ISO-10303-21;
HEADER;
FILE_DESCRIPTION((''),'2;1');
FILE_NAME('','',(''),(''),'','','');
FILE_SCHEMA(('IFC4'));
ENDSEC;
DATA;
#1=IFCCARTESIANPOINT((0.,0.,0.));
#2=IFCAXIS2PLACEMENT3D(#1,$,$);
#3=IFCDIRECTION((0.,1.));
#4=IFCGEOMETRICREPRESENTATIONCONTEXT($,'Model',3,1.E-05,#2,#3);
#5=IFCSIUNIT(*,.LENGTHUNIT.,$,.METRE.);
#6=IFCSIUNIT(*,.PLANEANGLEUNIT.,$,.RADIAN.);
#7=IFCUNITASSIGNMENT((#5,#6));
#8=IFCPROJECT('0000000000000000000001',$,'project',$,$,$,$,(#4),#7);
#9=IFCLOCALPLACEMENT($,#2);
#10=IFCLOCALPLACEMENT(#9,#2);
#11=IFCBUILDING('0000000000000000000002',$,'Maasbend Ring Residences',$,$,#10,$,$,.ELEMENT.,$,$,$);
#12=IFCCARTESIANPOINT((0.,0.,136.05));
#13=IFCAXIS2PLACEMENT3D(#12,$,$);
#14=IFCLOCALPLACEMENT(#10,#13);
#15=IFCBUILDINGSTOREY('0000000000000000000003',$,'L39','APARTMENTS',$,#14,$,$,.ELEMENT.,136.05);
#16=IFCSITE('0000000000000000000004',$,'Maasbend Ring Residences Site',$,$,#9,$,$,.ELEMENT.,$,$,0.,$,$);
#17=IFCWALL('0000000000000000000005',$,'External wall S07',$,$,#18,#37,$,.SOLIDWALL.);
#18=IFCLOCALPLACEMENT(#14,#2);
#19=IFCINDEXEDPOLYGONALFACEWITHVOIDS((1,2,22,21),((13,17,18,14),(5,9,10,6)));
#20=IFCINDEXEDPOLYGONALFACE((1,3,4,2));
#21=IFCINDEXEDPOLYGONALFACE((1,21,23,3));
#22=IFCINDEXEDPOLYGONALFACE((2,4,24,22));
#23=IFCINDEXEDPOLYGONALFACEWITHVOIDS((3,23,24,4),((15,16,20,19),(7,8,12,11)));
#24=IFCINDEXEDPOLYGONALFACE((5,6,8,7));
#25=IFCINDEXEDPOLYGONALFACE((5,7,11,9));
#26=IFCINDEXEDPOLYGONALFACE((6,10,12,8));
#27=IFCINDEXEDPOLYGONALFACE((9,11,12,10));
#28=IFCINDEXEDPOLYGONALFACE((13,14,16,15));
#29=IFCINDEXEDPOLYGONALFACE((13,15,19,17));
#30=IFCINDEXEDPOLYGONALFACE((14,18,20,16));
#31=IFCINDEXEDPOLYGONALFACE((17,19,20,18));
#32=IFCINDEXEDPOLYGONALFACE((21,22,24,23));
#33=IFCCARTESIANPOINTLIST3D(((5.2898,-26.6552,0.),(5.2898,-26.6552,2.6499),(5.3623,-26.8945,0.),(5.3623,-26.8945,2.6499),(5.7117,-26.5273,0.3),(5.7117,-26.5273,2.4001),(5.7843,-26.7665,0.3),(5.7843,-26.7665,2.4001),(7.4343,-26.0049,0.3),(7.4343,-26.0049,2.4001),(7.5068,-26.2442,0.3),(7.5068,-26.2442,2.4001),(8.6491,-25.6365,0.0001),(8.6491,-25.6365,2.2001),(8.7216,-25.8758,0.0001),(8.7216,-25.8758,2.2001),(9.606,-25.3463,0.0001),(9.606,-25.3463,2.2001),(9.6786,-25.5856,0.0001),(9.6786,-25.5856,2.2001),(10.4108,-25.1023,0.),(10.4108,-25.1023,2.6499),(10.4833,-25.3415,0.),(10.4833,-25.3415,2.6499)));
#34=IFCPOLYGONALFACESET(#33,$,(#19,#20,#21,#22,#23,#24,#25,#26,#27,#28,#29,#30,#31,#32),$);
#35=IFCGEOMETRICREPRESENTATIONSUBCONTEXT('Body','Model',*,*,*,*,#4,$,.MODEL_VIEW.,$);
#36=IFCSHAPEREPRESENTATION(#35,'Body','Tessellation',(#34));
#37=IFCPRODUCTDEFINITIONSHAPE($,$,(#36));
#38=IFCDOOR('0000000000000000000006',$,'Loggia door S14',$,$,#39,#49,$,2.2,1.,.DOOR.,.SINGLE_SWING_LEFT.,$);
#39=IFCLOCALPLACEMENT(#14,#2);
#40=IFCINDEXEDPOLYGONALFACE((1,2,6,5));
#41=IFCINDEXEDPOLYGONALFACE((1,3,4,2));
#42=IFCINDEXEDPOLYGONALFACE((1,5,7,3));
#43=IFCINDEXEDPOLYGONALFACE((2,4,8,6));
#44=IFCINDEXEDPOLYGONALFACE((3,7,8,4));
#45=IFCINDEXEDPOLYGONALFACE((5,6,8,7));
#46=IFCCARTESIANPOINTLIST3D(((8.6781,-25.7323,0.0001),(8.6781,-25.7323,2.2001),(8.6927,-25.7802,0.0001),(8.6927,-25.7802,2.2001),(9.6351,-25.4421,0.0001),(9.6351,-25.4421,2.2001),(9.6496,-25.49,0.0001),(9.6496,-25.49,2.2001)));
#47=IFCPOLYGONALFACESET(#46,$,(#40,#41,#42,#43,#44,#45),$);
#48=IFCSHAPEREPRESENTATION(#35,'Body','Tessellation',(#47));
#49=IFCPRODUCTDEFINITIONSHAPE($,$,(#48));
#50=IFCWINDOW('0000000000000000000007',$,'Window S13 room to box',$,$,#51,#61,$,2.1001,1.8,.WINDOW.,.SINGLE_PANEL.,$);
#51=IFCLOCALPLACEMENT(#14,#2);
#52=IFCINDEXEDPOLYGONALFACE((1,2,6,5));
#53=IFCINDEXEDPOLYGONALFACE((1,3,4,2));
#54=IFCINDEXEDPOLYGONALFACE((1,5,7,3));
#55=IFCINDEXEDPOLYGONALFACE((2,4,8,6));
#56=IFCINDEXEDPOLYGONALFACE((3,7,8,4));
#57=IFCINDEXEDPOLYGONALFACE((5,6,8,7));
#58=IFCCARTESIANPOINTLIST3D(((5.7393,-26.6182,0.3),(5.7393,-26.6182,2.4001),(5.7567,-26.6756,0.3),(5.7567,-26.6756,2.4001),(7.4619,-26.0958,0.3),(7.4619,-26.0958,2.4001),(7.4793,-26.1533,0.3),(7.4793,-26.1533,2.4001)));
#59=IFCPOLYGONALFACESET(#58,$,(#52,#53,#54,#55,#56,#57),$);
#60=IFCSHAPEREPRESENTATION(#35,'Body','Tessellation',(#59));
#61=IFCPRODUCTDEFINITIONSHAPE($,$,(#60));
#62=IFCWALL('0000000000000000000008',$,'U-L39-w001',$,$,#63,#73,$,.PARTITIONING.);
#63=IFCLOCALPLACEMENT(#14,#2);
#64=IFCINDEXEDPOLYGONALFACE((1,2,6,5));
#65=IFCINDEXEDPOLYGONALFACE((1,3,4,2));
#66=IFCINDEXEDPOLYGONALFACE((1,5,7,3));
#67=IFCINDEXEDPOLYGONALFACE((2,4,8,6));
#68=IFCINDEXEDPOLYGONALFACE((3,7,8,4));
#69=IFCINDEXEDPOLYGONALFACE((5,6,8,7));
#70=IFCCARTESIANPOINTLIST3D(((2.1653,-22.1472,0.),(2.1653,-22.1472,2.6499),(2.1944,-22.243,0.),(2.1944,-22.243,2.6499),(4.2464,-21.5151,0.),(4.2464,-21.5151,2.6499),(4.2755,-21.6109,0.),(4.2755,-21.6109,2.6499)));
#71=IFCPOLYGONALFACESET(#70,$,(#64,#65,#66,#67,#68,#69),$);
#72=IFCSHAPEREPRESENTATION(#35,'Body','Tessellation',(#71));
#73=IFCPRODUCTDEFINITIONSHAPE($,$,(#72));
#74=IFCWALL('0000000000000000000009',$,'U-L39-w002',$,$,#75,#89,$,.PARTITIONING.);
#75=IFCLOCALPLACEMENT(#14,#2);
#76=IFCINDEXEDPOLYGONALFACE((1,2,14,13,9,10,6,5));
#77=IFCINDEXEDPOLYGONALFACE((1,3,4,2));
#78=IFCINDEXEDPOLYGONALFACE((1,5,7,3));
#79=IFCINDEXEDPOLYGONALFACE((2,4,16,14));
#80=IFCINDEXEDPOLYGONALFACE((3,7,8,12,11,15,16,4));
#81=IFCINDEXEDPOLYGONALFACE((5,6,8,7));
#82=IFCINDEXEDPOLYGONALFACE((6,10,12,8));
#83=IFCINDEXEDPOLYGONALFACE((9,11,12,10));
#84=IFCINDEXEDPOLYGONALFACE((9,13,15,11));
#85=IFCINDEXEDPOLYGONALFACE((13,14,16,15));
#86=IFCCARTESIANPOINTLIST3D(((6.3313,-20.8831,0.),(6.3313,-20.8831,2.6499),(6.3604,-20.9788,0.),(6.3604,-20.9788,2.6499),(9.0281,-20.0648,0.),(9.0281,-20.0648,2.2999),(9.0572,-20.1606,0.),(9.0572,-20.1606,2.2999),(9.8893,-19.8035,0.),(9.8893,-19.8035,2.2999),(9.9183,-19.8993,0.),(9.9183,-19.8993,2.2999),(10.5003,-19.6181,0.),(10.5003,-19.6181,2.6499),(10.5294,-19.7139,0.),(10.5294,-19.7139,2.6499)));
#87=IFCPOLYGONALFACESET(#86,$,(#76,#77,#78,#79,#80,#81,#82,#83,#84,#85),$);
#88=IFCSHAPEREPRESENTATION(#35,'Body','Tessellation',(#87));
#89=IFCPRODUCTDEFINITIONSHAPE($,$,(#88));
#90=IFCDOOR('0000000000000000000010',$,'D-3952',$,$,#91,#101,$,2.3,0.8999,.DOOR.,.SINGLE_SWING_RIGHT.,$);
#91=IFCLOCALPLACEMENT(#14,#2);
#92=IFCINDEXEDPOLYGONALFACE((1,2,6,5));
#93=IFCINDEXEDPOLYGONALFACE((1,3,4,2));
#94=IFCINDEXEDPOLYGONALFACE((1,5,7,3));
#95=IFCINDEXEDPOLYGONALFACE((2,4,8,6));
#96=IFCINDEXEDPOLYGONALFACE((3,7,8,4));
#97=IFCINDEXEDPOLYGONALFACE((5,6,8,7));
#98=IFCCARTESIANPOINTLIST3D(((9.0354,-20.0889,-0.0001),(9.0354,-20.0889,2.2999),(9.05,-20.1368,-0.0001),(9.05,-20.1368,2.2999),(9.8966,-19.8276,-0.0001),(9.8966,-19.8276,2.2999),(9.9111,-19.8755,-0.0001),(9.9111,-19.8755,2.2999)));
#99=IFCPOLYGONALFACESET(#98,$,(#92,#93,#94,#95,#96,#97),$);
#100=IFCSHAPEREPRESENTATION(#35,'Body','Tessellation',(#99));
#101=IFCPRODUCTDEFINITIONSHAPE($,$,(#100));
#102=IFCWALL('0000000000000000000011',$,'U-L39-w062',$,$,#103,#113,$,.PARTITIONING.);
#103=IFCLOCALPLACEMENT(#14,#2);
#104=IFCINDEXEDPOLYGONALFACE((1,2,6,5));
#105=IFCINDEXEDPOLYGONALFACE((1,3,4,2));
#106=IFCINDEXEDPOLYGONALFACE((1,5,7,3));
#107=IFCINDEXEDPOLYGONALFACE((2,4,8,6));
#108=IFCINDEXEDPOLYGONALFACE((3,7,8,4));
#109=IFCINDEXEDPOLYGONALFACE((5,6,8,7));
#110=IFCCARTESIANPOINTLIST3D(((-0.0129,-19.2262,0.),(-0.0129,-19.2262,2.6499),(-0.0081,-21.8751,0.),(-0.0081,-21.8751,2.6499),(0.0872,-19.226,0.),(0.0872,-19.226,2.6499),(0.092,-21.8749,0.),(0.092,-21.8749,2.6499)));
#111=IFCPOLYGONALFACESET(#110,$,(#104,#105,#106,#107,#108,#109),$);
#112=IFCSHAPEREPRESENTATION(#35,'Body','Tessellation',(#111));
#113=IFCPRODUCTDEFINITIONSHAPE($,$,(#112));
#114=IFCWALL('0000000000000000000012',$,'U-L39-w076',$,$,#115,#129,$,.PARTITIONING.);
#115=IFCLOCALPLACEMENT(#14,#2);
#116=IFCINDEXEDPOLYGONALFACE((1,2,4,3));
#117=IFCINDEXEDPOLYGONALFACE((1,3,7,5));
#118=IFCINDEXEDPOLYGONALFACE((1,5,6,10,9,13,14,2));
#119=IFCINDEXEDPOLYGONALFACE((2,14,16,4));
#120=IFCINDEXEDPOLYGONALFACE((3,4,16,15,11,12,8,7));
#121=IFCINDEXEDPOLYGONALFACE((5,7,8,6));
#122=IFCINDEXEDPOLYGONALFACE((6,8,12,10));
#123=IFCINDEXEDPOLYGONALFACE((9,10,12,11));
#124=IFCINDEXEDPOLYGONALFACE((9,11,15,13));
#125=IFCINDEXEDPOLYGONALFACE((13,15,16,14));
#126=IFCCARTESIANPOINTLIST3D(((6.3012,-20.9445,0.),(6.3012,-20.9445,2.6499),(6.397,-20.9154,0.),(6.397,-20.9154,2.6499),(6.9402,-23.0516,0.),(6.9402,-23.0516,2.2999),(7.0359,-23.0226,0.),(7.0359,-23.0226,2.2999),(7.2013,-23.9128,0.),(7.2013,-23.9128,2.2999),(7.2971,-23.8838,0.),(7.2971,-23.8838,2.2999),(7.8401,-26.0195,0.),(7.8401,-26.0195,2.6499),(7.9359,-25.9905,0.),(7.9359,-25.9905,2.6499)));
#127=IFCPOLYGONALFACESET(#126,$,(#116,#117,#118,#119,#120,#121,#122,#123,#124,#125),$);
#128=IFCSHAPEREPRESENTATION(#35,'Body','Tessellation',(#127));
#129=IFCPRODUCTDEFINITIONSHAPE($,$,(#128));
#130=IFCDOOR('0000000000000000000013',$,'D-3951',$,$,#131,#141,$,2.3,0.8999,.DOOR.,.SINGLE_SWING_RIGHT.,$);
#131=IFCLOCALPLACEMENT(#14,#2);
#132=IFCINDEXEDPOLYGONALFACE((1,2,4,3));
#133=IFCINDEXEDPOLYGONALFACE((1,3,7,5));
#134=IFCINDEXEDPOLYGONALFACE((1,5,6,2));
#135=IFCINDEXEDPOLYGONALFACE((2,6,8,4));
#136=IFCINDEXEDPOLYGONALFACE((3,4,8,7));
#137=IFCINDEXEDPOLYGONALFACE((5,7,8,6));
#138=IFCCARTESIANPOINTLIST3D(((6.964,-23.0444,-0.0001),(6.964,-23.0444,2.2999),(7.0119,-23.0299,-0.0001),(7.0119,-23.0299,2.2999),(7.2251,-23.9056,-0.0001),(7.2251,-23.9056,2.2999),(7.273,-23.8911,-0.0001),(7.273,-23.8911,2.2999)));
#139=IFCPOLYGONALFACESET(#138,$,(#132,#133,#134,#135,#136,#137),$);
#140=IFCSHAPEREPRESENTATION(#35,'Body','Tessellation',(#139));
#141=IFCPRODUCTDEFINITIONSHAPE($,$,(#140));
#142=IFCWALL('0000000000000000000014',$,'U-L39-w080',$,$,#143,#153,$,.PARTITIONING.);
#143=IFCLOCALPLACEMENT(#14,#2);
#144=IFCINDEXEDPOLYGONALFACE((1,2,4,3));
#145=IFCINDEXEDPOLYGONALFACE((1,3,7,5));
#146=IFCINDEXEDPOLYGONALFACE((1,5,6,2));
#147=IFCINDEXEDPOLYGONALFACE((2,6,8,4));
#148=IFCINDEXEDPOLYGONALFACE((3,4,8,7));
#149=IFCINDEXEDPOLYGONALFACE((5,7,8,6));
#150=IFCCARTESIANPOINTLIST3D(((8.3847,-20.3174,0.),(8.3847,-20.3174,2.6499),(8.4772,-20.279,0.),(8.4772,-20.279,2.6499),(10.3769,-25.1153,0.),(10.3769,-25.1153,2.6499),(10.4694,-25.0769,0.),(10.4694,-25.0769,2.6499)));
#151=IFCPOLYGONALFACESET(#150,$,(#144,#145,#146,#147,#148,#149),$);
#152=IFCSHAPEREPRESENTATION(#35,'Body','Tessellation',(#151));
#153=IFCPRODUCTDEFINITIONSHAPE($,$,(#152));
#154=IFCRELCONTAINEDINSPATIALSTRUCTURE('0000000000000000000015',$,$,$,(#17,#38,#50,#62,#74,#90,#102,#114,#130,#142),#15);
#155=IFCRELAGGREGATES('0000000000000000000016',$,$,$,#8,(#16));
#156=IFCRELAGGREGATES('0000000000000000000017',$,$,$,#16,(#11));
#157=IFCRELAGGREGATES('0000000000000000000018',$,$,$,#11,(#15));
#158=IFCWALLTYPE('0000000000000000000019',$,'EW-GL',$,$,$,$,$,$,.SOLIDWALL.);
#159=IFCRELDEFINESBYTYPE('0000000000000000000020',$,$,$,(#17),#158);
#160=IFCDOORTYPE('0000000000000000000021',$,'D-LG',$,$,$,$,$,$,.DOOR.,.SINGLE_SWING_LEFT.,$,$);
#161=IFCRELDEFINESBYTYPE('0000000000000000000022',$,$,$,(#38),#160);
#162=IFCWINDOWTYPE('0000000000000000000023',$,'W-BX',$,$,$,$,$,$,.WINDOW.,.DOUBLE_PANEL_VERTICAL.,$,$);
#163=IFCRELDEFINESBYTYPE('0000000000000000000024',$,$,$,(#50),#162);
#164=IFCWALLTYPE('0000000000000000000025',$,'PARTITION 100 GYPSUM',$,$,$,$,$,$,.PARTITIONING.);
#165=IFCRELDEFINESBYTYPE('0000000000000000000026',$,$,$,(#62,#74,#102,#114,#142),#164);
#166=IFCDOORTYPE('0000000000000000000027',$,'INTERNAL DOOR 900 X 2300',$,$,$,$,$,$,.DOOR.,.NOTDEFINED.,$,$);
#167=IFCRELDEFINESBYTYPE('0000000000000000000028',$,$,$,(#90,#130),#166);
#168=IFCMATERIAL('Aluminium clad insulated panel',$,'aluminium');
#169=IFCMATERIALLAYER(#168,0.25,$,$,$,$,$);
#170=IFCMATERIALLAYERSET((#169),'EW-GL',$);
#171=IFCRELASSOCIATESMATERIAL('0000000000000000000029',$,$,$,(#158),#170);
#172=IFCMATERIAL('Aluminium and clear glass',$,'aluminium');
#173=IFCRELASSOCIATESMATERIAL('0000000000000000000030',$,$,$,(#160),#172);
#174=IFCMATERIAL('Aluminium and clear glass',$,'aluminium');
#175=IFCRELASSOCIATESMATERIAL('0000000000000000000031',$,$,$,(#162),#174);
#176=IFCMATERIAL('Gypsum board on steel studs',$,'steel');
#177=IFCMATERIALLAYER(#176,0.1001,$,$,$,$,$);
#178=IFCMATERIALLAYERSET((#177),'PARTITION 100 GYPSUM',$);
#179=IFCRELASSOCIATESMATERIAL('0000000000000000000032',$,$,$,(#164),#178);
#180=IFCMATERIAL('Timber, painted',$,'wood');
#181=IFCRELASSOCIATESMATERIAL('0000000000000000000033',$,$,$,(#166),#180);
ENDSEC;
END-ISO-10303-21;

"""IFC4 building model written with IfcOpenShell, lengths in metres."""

from ifc_helpers import new_model, si_unit, direction, frame, frame_2d, origin, place, context, subcontext, project, spatial, rectangle, extrude, material, layer, layer_set, type_object, element, fill, save


model = new_model("IFC4")

# Units and contexts
model_context = context("Model", 3, precision=1e-05, world=origin(), true_north=direction((0.0, 1.0)))
body_context = subcontext(model_context, "Body", "Model", "MODEL_VIEW")
ifc_project = project(units=[si_unit("LENGTHUNIT", "METRE"), si_unit("PLANEANGLEUNIT", "RADIAN")], contexts=[model_context])

# Site, building, storey
site_placement = place(None, origin())
site = spatial("IfcSite", under=ifc_project, at=site_placement, Name="Maasbend Ring Residences Site", CompositionType="ELEMENT", RefElevation=0.0)
building_placement = place(site_placement, origin())
building = spatial("IfcBuilding", under=site, at=building_placement, Name="Maasbend Ring Residences", CompositionType="ELEMENT")
storey_placement = place(building_placement, frame((0.0, 0.0, 136.05)))
storey = spatial("IfcBuildingStorey", under=building, at=storey_placement, Name="L39", Description="APARTMENTS", CompositionType="ELEMENT", Elevation=136.05)

# Wall, openings, door, window
ifc_material_1 = material(Name="Aluminium clad insulated panel", Category="aluminium")
ifc_layer_1 = layer(ifc_material_1, 0.25)
ifc_layer_set_1 = layer_set([ifc_layer_1], Name="EW-GL")
wall_type_1 = type_object("IfcWallType", Name="EW-GL", PredefinedType="SOLIDWALL", material=ifc_layer_set_1)
wall_1_placement = place(storey_placement, frame((5.3259, -26.7749, 0.0), z_axis=(0.0, 0.0, 1.0), x_axis=(0.956966, 0.290201, 0.0)))
wall_1 = element("IfcWall", 1, at=wall_1_placement, inside=storey, type_object=wall_type_1, Name="External wall S07", PredefinedType="SOLIDWALL", context=body_context, shape_type="SweptSolid", body=[
    extrude(rectangle(XDim=5.3513, YDim=0.25, at=frame_2d((2.6758, 0.0))), origin(), (0.0, 0.0, 1.0), 2.6499),
])
opening_1_placement = place(wall_1_placement, frame((0.4412, 0.0, 0.3)))
opening_1 = element("IfcOpeningElement", 2, at=opening_1_placement, cuts=wall_1, PredefinedType="OPENING", context=body_context, shape_type="SweptSolid", body=[
    extrude(rectangle(XDim=1.8, YDim=2.1001, at=frame_2d((0.8999, 1.05))), frame((0.0, 0.135, 0.0), z_axis=(0.0, -1.0, 0.0), x_axis=(1.0, 0.0, 0.0)), (0.0, 0.0, 1.0), 0.27),
])
opening_2_placement = place(wall_1_placement, frame((3.5105, 0.0, 0.0)))
opening_2 = element("IfcOpeningElement", 3, at=opening_2_placement, cuts=wall_1, PredefinedType="OPENING", context=body_context, shape_type="SweptSolid", body=[
    extrude(rectangle(XDim=1.0, YDim=2.2, at=frame_2d((0.5, 1.1001))), frame((0.0, 0.135, 0.0), z_axis=(0.0, -1.0, 0.0), x_axis=(1.0, 0.0, 0.0)), (0.0, 0.0, 1.0), 0.27),
])
ifc_material_2 = material(Name="Aluminium and clear glass", Category="aluminium")
door_type_1 = type_object("IfcDoorType", Name="D-LG", OperationType="SINGLE_SWING_LEFT", PredefinedType="DOOR", material=ifc_material_2)
door_1_placement = place(opening_2_placement, origin())
door_1 = element("IfcDoor", 4, at=door_1_placement, inside=storey, type_object=door_type_1, Name="Loggia door S14", OperationType="SINGLE_SWING_LEFT", OverallHeight=2.2, OverallWidth=1.0, PredefinedType="DOOR", context=body_context, shape_type="SweptSolid", body=[
    extrude(rectangle(XDim=1.0, YDim=2.2, at=frame_2d((0.5, 1.1001))), frame((0.0, 0.0249, 0.0), z_axis=(0.0, -1.0, 0.0), x_axis=(1.0, 0.0, 0.0)), (0.0, 0.0, 1.0), 0.05),
])
fill(opening_2, door_1)
ifc_material_3 = material(Name="Aluminium and clear glass", Category="aluminium")
window_type_1 = type_object("IfcWindowType", Name="W-BX", PartitioningType="DOUBLE_PANEL_VERTICAL", PredefinedType="WINDOW", material=ifc_material_3)
window_1_placement = place(opening_1_placement, origin())
window_1 = element("IfcWindow", 5, at=window_1_placement, inside=storey, type_object=window_type_1, Name="Window S13 room to box", OverallHeight=2.1001, OverallWidth=1.8, PartitioningType="SINGLE_PANEL", PredefinedType="WINDOW", context=body_context, shape_type="SweptSolid", body=[
    extrude(rectangle(XDim=1.8, YDim=2.1001, at=frame_2d((0.8999, 1.05))), frame((0.0, 0.03, 0.0), z_axis=(0.0, -1.0, 0.0), x_axis=(1.0, 0.0, 0.0)), (0.0, 0.0, 1.0), 0.0601),
])
fill(opening_1, window_1)

# Wall
ifc_material_4 = material(Name="Gypsum board on steel studs", Category="steel")
ifc_layer_2 = layer(ifc_material_4, 0.1001)
ifc_layer_set_2 = layer_set([ifc_layer_2], Name="PARTITION 100 GYPSUM")
wall_type_2 = type_object("IfcWallType", Name="PARTITION 100 GYPSUM", PredefinedType="PARTITIONING", material=ifc_layer_set_2)
wall_2_placement = place(storey_placement, frame((2.1799, -22.1951, 0.0), z_axis=(0.0, 0.0, 1.0), x_axis=(0.956838, 0.290621, 0.0)))
element("IfcWall", 6, at=wall_2_placement, inside=storey, type_object=wall_type_2, Name="U-L39-w001", PredefinedType="PARTITIONING", context=body_context, shape_type="SweptSolid", body=[
    extrude(rectangle(XDim=2.175, YDim=0.1001, at=frame_2d((1.0874, 0.0))), origin(), (0.0, 0.0, 1.0), 2.6499),
])

# Wall, opening, door
wall_3_placement = place(storey_placement, frame((6.3459, -20.9309, 0.0), z_axis=(0.0, 0.0, 1.0), x_axis=(0.956924, 0.290339, 0.0)))
wall_3 = element("IfcWall", 7, at=wall_3_placement, inside=storey, type_object=wall_type_2, Name="U-L39-w002", PredefinedType="PARTITIONING", context=body_context, shape_type="SweptSolid", body=[
    extrude(rectangle(XDim=4.3567, YDim=0.1001, at=frame_2d((2.1782, 0.0))), origin(), (0.0, 0.0, 1.0), 2.6499),
])
opening_3_placement = place(wall_3_placement, frame((2.8181, 0.0, 0.0)))
opening_3 = element("IfcOpeningElement", 8, at=opening_3_placement, cuts=wall_3, PredefinedType="OPENING", context=body_context, shape_type="SweptSolid", body=[
    extrude(rectangle(XDim=0.8999, YDim=2.3, at=frame_2d((0.45, 1.1499))), frame((0.0, 0.0601, 0.0), z_axis=(0.0, -1.0, 0.0), x_axis=(1.0, 0.0, 0.0)), (0.0, 0.0, 1.0), 0.1201),
])
ifc_material_5 = material(Name="Timber, painted", Category="wood")
door_type_2 = type_object("IfcDoorType", Name="INTERNAL DOOR 900 X 2300", OperationType="NOTDEFINED", PredefinedType="DOOR", material=ifc_material_5)
door_2_placement = place(opening_3_placement, origin())
door_2 = element("IfcDoor", 9, at=door_2_placement, inside=storey, type_object=door_type_2, Name="D-3952", OperationType="SINGLE_SWING_RIGHT", OverallHeight=2.3, OverallWidth=0.8999, PredefinedType="DOOR", context=body_context, shape_type="SweptSolid", body=[
    extrude(rectangle(XDim=0.8999, YDim=2.3, at=frame_2d((0.45, 1.1499))), frame((0.0, 0.0249, 0.0), z_axis=(0.0, -1.0, 0.0), x_axis=(1.0, 0.0, 0.0)), (0.0, 0.0, 1.0), 0.05),
])
fill(opening_3, door_2)

# Wall
wall_4_placement = place(storey_placement, frame((0.042, -21.875, 0.0), z_axis=(0.0, 0.0, 1.0), x_axis=(-0.001843, 0.999998, 0.0)))
element("IfcWall", 10, at=wall_4_placement, inside=storey, type_object=wall_type_2, Name="U-L39-w062", PredefinedType="PARTITIONING", context=body_context, shape_type="SweptSolid", body=[
    extrude(rectangle(XDim=2.6489, YDim=0.1001, at=frame_2d((1.3245, 0.0))), origin(), (0.0, 0.0, 1.0), 2.6499),
])

# Wall, opening, door
wall_5_placement = place(storey_placement, frame((6.3491, -20.9299, 0.0), z_axis=(0.0, 0.0, 1.0), x_axis=(0.290172, -0.956974, 0.0)))
wall_5 = element("IfcWall", 11, at=wall_5_placement, inside=storey, type_object=wall_type_2, Name="U-L39-w076", PredefinedType="PARTITIONING", context=body_context, shape_type="SweptSolid", body=[
    extrude(rectangle(XDim=5.3032, YDim=0.1001, at=frame_2d((2.6516, 0.0))), origin(), (0.0, 0.0, 1.0), 2.6499),
])
opening_4_placement = place(wall_5_placement, frame((2.2019, 0.0, 0.0)))
opening_4 = element("IfcOpeningElement", 12, at=opening_4_placement, cuts=wall_5, PredefinedType="OPENING", context=body_context, shape_type="SweptSolid", body=[
    extrude(rectangle(XDim=0.8999, YDim=2.3, at=frame_2d((0.45, 1.1499))), frame((0.0, 0.0601, 0.0), z_axis=(0.0, -1.0, 0.0), x_axis=(1.0, 0.0, 0.0)), (0.0, 0.0, 1.0), 0.1201),
])
door_3_placement = place(opening_4_placement, origin())
door_3 = element("IfcDoor", 13, at=door_3_placement, inside=storey, type_object=door_type_2, Name="D-3951", OperationType="SINGLE_SWING_RIGHT", OverallHeight=2.3, OverallWidth=0.8999, PredefinedType="DOOR", context=body_context, shape_type="SweptSolid", body=[
    extrude(rectangle(XDim=0.8999, YDim=2.3, at=frame_2d((0.45, 1.1499))), frame((0.0, 0.0249, 0.0), z_axis=(0.0, -1.0, 0.0), x_axis=(1.0, 0.0, 0.0)), (0.0, 0.0, 1.0), 0.05),
])
fill(opening_4, door_3)

# Wall
wall_6_placement = place(storey_placement, frame((8.4309, -20.2981, 0.0), z_axis=(0.0, 0.0, 1.0), x_axis=(0.383481, -0.923549, 0.0)))
element("IfcWall", 14, at=wall_6_placement, inside=storey, type_object=wall_type_2, Name="U-L39-w080", PredefinedType="PARTITIONING", context=body_context, shape_type="SweptSolid", body=[
    extrude(rectangle(XDim=5.1951, YDim=0.1001, at=frame_2d((2.5977, 0.0))), origin(), (0.0, 0.0, 1.0), 2.6499),
])

save(model, "model.ifc")
